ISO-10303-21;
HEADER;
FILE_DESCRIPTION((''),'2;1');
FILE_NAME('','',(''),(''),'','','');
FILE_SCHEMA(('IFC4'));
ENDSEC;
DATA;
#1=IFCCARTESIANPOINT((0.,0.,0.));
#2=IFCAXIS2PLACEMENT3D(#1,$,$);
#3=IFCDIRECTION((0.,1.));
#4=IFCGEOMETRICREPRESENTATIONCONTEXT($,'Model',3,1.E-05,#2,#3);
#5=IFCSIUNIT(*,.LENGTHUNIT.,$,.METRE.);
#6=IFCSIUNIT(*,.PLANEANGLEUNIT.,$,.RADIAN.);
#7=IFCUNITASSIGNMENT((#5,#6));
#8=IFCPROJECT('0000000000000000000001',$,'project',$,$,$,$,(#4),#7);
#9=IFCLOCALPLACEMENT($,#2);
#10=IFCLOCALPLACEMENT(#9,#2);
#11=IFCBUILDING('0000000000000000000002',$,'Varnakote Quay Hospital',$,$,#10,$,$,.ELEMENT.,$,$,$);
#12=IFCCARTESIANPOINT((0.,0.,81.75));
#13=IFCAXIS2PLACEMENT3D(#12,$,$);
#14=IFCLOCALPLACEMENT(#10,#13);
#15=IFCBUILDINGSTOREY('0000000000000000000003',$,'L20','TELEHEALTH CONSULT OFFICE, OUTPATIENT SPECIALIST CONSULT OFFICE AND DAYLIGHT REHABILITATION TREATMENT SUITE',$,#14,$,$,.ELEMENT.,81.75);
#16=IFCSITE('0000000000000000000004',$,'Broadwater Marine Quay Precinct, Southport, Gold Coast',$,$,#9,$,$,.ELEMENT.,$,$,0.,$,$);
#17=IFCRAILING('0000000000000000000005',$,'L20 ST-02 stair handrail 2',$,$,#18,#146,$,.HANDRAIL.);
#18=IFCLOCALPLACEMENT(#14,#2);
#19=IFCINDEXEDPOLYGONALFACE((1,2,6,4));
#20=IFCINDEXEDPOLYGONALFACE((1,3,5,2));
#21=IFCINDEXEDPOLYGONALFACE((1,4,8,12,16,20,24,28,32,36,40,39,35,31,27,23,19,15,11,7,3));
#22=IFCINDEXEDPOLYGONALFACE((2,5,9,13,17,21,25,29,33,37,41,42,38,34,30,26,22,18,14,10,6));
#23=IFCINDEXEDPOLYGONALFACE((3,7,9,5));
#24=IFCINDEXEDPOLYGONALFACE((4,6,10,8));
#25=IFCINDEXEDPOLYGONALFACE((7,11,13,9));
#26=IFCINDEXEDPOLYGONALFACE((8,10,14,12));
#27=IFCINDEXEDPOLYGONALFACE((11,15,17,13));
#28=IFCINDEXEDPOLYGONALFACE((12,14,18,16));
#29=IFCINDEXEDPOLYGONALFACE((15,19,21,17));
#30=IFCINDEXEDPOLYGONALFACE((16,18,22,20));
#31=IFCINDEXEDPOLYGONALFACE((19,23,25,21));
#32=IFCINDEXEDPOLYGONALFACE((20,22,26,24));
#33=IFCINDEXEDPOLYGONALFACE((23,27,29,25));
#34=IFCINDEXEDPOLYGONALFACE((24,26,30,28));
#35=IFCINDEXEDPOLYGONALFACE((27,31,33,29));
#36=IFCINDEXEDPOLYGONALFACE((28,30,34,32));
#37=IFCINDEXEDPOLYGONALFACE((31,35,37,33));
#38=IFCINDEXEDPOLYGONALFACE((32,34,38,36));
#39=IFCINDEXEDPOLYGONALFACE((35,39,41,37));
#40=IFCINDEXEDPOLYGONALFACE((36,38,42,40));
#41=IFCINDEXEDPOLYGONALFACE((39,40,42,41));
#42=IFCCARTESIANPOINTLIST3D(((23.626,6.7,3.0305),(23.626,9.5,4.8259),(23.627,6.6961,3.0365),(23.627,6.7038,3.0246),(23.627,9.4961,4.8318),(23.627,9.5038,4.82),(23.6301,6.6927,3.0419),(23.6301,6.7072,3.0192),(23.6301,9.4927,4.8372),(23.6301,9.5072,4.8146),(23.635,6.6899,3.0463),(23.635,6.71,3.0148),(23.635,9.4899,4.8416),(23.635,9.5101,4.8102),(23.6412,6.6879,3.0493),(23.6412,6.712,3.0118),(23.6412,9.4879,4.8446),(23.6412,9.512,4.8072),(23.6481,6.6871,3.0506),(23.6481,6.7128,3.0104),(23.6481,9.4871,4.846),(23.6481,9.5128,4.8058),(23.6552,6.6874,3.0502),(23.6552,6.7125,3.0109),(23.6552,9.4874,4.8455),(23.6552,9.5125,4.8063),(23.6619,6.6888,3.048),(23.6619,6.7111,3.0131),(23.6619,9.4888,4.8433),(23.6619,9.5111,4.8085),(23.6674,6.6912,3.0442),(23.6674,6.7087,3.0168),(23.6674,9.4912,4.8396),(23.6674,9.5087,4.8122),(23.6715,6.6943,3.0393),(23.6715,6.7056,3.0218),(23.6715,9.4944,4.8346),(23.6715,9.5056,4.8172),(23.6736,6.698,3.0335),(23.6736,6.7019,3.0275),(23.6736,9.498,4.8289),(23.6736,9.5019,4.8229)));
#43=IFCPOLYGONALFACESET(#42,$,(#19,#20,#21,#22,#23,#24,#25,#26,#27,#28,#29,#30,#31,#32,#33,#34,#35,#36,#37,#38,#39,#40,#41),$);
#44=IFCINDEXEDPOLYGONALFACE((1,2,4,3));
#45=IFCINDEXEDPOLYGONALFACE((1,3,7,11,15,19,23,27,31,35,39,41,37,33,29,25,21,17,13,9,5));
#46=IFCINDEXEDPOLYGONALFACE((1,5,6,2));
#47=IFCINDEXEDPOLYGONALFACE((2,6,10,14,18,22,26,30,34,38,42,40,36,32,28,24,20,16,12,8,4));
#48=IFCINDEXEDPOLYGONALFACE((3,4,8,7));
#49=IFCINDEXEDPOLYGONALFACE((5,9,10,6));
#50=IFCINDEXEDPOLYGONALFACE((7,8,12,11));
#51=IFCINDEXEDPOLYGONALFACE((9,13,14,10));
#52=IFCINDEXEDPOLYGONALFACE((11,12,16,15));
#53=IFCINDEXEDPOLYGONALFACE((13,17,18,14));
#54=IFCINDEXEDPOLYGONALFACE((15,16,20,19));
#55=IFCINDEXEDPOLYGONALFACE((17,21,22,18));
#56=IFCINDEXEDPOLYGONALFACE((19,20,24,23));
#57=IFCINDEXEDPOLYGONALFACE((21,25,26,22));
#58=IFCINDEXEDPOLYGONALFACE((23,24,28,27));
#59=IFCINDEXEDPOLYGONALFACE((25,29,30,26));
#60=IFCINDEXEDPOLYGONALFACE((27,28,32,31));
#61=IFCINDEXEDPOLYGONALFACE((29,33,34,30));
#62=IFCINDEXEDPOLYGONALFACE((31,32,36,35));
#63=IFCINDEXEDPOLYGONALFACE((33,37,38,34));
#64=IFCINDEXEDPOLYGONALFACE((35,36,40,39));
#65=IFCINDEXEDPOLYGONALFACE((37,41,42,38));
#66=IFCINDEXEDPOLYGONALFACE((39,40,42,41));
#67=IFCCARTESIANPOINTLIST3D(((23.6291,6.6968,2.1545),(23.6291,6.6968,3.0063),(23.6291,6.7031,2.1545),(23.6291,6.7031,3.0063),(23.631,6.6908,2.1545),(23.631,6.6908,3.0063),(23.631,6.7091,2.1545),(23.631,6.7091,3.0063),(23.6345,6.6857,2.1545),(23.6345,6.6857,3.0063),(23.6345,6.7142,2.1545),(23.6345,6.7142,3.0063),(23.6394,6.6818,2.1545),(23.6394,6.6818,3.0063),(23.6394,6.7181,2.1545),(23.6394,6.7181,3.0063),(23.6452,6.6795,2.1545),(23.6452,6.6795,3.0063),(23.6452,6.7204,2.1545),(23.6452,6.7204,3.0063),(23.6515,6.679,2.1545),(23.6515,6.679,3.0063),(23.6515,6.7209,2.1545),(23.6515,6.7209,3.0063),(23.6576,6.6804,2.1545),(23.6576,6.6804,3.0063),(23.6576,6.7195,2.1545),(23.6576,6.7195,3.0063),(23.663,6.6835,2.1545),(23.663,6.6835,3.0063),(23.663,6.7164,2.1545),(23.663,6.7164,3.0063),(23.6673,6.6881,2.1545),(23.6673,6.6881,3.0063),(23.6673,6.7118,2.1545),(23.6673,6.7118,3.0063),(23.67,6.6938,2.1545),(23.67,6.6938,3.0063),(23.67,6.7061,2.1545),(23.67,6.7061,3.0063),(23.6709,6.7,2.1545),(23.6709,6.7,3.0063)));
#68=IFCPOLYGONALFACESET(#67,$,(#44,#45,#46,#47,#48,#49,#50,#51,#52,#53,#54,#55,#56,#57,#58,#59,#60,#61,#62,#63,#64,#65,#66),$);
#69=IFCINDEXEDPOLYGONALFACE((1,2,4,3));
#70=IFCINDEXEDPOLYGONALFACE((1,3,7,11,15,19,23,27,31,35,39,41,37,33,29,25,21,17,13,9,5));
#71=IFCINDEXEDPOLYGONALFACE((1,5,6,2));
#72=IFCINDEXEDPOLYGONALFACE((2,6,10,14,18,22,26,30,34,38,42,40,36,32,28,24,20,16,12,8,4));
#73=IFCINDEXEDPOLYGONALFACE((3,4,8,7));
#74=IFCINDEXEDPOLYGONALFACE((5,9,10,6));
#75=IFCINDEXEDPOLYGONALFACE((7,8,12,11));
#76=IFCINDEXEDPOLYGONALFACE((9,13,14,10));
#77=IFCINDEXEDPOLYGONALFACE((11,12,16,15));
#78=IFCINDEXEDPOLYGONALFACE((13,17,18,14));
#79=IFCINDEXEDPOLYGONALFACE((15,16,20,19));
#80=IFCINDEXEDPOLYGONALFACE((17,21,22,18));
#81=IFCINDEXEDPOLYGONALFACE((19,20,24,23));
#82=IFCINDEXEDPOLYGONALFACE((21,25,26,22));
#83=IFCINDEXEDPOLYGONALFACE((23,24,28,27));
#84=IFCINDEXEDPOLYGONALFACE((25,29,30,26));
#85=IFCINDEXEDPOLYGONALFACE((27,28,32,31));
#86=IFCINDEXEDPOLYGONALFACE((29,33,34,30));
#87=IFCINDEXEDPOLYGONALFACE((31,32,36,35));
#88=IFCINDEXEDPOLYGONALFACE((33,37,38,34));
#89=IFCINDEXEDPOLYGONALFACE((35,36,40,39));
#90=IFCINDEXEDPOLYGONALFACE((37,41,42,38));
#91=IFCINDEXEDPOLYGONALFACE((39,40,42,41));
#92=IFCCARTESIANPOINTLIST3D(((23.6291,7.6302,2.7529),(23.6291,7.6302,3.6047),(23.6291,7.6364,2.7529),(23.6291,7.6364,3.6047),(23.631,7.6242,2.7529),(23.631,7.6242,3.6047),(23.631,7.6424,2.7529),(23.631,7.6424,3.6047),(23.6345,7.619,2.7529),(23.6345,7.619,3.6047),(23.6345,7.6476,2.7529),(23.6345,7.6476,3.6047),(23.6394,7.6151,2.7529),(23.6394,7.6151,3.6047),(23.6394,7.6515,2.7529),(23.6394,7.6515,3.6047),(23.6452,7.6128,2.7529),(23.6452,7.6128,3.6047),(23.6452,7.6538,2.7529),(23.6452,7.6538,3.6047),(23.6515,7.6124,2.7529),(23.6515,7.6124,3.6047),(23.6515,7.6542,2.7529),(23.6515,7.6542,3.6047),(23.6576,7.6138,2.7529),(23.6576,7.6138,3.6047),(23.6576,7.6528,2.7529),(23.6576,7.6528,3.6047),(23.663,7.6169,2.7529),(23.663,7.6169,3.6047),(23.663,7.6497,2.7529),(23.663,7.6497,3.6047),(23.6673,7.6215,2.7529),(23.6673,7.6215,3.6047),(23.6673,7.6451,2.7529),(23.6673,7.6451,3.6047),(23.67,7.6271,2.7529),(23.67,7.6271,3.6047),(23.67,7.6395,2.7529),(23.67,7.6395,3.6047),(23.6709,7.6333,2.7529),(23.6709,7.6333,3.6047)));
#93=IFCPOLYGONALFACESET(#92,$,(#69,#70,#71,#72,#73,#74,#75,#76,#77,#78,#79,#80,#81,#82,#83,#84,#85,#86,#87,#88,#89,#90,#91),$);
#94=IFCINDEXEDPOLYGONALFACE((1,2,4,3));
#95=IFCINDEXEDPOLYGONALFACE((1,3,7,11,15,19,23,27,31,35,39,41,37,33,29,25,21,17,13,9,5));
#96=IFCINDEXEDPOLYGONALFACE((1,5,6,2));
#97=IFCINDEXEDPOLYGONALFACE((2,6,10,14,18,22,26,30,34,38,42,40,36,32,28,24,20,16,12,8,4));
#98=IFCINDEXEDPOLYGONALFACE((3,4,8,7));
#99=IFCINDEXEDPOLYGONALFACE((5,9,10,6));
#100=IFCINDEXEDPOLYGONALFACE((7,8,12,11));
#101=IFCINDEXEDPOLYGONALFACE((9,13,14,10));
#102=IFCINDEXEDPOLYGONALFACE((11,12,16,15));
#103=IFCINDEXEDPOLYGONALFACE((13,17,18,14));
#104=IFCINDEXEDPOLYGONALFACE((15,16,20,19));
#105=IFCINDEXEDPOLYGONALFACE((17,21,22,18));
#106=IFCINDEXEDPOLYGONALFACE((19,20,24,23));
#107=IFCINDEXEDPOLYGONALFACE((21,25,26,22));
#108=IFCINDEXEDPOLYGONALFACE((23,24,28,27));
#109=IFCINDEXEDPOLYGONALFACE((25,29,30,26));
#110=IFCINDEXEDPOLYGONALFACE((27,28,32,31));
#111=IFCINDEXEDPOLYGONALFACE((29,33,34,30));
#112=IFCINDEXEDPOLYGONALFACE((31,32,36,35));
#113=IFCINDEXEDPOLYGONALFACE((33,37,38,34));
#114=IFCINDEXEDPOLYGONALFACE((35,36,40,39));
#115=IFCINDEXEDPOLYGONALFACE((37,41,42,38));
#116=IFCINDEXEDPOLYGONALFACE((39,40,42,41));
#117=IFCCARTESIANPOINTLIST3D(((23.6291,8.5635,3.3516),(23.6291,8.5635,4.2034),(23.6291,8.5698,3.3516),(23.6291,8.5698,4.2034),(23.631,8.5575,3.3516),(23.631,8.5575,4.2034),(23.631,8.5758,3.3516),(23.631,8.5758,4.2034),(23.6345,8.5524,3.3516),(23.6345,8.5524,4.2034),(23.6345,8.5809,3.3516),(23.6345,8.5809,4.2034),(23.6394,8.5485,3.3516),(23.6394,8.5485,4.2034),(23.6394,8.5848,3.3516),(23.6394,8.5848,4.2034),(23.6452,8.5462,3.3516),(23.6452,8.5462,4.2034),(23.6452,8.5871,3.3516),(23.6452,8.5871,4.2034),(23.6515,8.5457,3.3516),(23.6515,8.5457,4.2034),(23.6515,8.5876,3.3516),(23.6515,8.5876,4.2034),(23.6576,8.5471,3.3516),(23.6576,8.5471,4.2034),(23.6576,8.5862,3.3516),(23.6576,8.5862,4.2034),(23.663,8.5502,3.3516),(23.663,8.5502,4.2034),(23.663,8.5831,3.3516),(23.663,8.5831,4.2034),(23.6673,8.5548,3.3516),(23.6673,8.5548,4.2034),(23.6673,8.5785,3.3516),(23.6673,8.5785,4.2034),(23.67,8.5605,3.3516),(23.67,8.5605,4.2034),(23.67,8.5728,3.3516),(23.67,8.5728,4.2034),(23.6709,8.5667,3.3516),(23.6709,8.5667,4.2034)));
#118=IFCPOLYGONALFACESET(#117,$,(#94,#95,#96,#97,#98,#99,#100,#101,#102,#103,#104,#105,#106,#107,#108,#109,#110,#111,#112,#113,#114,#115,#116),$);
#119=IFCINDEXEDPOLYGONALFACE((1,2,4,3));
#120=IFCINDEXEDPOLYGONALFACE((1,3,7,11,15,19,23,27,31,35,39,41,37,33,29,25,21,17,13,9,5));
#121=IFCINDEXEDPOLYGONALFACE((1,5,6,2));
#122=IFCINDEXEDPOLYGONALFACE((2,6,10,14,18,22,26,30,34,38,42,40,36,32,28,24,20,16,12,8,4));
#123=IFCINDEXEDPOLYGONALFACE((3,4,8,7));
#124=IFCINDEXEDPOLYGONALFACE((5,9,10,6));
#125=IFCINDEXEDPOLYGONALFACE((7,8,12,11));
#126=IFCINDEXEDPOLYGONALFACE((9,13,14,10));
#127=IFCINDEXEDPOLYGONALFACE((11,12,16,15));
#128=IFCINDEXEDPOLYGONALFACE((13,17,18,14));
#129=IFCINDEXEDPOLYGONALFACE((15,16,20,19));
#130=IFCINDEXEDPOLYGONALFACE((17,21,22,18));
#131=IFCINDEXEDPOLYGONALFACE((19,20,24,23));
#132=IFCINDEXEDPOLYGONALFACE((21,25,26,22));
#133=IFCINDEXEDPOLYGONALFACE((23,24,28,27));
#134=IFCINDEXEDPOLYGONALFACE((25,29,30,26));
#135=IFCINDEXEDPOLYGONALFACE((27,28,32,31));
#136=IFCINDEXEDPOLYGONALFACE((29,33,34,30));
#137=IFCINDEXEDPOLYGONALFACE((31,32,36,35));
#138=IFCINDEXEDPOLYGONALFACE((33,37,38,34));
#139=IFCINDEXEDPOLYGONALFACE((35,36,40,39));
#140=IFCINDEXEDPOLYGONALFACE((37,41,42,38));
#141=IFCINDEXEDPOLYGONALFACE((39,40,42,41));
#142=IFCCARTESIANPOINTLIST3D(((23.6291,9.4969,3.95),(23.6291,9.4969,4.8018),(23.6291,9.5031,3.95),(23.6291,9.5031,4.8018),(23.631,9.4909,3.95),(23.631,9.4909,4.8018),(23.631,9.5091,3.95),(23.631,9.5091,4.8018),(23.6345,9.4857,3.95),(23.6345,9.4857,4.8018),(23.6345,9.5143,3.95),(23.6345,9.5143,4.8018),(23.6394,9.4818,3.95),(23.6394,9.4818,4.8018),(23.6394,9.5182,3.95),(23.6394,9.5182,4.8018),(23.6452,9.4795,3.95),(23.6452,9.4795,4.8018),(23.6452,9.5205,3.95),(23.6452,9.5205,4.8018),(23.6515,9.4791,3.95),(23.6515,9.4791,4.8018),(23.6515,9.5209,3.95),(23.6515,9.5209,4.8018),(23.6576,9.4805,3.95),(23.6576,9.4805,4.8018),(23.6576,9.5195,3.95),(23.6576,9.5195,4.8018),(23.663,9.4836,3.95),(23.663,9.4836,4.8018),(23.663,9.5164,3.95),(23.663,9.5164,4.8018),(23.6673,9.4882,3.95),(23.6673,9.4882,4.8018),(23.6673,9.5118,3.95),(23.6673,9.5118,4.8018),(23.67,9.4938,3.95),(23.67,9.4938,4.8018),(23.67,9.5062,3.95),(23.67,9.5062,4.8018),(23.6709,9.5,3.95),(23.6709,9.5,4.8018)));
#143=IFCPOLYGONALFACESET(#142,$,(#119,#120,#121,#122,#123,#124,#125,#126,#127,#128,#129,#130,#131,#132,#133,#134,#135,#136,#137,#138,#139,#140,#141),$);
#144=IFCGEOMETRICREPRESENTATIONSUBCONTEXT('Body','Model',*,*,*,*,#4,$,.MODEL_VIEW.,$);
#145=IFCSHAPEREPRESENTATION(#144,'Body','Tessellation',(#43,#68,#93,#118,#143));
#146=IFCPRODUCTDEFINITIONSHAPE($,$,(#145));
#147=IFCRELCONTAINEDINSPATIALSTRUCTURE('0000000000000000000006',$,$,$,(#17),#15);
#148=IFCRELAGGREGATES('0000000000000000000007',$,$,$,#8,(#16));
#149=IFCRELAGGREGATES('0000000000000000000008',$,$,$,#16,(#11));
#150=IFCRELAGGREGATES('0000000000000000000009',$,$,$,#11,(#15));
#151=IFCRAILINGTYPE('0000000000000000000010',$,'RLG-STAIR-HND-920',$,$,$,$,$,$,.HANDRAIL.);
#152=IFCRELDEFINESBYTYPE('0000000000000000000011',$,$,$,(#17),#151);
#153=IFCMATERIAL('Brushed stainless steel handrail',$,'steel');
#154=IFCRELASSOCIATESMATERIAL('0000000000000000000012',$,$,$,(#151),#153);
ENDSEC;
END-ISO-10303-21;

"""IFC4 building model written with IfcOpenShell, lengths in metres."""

from ifc_helpers import new_model, si_unit, direction, frame, origin, origin_2d, place, context, subcontext, project, spatial, circle, extrude, material, type_object, element, save


model = new_model("IFC4")

# Units and contexts
model_context = context("Model", 3, precision=1e-05, world=origin(), true_north=direction((0.0, 1.0)))
body_context = subcontext(model_context, "Body", "Model", "MODEL_VIEW")
ifc_project = project(units=[si_unit("LENGTHUNIT", "METRE"), si_unit("PLANEANGLEUNIT", "RADIAN")], contexts=[model_context])

# Site, building, storey
site_placement = place(None, origin())
site = spatial("IfcSite", under=ifc_project, at=site_placement, Name="Broadwater Marine Quay Precinct, Southport, Gold Coast", CompositionType="ELEMENT", RefElevation=0.0)
building_placement = place(site_placement, origin())
building = spatial("IfcBuilding", under=site, at=building_placement, Name="Varnakote Quay Hospital", CompositionType="ELEMENT")
storey_placement = place(building_placement, frame((0.0, 0.0, 81.75)))
storey = spatial("IfcBuildingStorey", under=building, at=storey_placement, Name="L20", Description="TELEHEALTH CONSULT OFFICE, OUTPATIENT SPECIALIST CONSULT OFFICE AND DAYLIGHT REHABILITATION TREATMENT SUITE", CompositionType="ELEMENT", Elevation=81.75)

# Railing
ifc_material_1 = material(Name="Brushed stainless steel handrail", Category="steel")
railing_type = type_object("IfcRailingType", Name="RLG-STAIR-HND-920", PredefinedType="HANDRAIL", material=ifc_material_1)
railing_placement = place(storey_placement, frame((23.6499, 6.7, 2.1545)))
element("IfcRailing", 1, at=railing_placement, inside=storey, type_object=railing_type, Name="L20 ST-02 stair handrail 2", PredefinedType="HANDRAIL", context=body_context, shape_type="SweptSolid", body=[
    extrude(circle(Radius=0.0239, at=origin_2d()), frame((0.0, 0.0, 0.876), z_axis=(0.0, 0.84181, 0.539774), x_axis=(-1.0, 0.0, 0.0)), (0.0, 0.0, 1.0), 3.3262),
    extrude(circle(Radius=0.021, at=origin_2d()), origin(), (0.0, 0.0, 1.0), 0.8518),
    extrude(circle(Radius=0.021, at=origin_2d()), frame((0.0, 0.9333, 0.5984)), (0.0, 0.0, 1.0), 0.8518),
    extrude(circle(Radius=0.021, at=origin_2d()), frame((0.0, 1.8667, 1.197)), (0.0, 0.0, 1.0), 0.8518),
    extrude(circle(Radius=0.021, at=origin_2d()), frame((0.0, 2.8, 1.7954)), (0.0, 0.0, 1.0), 0.8518),
])

save(model, "model.ifc")
